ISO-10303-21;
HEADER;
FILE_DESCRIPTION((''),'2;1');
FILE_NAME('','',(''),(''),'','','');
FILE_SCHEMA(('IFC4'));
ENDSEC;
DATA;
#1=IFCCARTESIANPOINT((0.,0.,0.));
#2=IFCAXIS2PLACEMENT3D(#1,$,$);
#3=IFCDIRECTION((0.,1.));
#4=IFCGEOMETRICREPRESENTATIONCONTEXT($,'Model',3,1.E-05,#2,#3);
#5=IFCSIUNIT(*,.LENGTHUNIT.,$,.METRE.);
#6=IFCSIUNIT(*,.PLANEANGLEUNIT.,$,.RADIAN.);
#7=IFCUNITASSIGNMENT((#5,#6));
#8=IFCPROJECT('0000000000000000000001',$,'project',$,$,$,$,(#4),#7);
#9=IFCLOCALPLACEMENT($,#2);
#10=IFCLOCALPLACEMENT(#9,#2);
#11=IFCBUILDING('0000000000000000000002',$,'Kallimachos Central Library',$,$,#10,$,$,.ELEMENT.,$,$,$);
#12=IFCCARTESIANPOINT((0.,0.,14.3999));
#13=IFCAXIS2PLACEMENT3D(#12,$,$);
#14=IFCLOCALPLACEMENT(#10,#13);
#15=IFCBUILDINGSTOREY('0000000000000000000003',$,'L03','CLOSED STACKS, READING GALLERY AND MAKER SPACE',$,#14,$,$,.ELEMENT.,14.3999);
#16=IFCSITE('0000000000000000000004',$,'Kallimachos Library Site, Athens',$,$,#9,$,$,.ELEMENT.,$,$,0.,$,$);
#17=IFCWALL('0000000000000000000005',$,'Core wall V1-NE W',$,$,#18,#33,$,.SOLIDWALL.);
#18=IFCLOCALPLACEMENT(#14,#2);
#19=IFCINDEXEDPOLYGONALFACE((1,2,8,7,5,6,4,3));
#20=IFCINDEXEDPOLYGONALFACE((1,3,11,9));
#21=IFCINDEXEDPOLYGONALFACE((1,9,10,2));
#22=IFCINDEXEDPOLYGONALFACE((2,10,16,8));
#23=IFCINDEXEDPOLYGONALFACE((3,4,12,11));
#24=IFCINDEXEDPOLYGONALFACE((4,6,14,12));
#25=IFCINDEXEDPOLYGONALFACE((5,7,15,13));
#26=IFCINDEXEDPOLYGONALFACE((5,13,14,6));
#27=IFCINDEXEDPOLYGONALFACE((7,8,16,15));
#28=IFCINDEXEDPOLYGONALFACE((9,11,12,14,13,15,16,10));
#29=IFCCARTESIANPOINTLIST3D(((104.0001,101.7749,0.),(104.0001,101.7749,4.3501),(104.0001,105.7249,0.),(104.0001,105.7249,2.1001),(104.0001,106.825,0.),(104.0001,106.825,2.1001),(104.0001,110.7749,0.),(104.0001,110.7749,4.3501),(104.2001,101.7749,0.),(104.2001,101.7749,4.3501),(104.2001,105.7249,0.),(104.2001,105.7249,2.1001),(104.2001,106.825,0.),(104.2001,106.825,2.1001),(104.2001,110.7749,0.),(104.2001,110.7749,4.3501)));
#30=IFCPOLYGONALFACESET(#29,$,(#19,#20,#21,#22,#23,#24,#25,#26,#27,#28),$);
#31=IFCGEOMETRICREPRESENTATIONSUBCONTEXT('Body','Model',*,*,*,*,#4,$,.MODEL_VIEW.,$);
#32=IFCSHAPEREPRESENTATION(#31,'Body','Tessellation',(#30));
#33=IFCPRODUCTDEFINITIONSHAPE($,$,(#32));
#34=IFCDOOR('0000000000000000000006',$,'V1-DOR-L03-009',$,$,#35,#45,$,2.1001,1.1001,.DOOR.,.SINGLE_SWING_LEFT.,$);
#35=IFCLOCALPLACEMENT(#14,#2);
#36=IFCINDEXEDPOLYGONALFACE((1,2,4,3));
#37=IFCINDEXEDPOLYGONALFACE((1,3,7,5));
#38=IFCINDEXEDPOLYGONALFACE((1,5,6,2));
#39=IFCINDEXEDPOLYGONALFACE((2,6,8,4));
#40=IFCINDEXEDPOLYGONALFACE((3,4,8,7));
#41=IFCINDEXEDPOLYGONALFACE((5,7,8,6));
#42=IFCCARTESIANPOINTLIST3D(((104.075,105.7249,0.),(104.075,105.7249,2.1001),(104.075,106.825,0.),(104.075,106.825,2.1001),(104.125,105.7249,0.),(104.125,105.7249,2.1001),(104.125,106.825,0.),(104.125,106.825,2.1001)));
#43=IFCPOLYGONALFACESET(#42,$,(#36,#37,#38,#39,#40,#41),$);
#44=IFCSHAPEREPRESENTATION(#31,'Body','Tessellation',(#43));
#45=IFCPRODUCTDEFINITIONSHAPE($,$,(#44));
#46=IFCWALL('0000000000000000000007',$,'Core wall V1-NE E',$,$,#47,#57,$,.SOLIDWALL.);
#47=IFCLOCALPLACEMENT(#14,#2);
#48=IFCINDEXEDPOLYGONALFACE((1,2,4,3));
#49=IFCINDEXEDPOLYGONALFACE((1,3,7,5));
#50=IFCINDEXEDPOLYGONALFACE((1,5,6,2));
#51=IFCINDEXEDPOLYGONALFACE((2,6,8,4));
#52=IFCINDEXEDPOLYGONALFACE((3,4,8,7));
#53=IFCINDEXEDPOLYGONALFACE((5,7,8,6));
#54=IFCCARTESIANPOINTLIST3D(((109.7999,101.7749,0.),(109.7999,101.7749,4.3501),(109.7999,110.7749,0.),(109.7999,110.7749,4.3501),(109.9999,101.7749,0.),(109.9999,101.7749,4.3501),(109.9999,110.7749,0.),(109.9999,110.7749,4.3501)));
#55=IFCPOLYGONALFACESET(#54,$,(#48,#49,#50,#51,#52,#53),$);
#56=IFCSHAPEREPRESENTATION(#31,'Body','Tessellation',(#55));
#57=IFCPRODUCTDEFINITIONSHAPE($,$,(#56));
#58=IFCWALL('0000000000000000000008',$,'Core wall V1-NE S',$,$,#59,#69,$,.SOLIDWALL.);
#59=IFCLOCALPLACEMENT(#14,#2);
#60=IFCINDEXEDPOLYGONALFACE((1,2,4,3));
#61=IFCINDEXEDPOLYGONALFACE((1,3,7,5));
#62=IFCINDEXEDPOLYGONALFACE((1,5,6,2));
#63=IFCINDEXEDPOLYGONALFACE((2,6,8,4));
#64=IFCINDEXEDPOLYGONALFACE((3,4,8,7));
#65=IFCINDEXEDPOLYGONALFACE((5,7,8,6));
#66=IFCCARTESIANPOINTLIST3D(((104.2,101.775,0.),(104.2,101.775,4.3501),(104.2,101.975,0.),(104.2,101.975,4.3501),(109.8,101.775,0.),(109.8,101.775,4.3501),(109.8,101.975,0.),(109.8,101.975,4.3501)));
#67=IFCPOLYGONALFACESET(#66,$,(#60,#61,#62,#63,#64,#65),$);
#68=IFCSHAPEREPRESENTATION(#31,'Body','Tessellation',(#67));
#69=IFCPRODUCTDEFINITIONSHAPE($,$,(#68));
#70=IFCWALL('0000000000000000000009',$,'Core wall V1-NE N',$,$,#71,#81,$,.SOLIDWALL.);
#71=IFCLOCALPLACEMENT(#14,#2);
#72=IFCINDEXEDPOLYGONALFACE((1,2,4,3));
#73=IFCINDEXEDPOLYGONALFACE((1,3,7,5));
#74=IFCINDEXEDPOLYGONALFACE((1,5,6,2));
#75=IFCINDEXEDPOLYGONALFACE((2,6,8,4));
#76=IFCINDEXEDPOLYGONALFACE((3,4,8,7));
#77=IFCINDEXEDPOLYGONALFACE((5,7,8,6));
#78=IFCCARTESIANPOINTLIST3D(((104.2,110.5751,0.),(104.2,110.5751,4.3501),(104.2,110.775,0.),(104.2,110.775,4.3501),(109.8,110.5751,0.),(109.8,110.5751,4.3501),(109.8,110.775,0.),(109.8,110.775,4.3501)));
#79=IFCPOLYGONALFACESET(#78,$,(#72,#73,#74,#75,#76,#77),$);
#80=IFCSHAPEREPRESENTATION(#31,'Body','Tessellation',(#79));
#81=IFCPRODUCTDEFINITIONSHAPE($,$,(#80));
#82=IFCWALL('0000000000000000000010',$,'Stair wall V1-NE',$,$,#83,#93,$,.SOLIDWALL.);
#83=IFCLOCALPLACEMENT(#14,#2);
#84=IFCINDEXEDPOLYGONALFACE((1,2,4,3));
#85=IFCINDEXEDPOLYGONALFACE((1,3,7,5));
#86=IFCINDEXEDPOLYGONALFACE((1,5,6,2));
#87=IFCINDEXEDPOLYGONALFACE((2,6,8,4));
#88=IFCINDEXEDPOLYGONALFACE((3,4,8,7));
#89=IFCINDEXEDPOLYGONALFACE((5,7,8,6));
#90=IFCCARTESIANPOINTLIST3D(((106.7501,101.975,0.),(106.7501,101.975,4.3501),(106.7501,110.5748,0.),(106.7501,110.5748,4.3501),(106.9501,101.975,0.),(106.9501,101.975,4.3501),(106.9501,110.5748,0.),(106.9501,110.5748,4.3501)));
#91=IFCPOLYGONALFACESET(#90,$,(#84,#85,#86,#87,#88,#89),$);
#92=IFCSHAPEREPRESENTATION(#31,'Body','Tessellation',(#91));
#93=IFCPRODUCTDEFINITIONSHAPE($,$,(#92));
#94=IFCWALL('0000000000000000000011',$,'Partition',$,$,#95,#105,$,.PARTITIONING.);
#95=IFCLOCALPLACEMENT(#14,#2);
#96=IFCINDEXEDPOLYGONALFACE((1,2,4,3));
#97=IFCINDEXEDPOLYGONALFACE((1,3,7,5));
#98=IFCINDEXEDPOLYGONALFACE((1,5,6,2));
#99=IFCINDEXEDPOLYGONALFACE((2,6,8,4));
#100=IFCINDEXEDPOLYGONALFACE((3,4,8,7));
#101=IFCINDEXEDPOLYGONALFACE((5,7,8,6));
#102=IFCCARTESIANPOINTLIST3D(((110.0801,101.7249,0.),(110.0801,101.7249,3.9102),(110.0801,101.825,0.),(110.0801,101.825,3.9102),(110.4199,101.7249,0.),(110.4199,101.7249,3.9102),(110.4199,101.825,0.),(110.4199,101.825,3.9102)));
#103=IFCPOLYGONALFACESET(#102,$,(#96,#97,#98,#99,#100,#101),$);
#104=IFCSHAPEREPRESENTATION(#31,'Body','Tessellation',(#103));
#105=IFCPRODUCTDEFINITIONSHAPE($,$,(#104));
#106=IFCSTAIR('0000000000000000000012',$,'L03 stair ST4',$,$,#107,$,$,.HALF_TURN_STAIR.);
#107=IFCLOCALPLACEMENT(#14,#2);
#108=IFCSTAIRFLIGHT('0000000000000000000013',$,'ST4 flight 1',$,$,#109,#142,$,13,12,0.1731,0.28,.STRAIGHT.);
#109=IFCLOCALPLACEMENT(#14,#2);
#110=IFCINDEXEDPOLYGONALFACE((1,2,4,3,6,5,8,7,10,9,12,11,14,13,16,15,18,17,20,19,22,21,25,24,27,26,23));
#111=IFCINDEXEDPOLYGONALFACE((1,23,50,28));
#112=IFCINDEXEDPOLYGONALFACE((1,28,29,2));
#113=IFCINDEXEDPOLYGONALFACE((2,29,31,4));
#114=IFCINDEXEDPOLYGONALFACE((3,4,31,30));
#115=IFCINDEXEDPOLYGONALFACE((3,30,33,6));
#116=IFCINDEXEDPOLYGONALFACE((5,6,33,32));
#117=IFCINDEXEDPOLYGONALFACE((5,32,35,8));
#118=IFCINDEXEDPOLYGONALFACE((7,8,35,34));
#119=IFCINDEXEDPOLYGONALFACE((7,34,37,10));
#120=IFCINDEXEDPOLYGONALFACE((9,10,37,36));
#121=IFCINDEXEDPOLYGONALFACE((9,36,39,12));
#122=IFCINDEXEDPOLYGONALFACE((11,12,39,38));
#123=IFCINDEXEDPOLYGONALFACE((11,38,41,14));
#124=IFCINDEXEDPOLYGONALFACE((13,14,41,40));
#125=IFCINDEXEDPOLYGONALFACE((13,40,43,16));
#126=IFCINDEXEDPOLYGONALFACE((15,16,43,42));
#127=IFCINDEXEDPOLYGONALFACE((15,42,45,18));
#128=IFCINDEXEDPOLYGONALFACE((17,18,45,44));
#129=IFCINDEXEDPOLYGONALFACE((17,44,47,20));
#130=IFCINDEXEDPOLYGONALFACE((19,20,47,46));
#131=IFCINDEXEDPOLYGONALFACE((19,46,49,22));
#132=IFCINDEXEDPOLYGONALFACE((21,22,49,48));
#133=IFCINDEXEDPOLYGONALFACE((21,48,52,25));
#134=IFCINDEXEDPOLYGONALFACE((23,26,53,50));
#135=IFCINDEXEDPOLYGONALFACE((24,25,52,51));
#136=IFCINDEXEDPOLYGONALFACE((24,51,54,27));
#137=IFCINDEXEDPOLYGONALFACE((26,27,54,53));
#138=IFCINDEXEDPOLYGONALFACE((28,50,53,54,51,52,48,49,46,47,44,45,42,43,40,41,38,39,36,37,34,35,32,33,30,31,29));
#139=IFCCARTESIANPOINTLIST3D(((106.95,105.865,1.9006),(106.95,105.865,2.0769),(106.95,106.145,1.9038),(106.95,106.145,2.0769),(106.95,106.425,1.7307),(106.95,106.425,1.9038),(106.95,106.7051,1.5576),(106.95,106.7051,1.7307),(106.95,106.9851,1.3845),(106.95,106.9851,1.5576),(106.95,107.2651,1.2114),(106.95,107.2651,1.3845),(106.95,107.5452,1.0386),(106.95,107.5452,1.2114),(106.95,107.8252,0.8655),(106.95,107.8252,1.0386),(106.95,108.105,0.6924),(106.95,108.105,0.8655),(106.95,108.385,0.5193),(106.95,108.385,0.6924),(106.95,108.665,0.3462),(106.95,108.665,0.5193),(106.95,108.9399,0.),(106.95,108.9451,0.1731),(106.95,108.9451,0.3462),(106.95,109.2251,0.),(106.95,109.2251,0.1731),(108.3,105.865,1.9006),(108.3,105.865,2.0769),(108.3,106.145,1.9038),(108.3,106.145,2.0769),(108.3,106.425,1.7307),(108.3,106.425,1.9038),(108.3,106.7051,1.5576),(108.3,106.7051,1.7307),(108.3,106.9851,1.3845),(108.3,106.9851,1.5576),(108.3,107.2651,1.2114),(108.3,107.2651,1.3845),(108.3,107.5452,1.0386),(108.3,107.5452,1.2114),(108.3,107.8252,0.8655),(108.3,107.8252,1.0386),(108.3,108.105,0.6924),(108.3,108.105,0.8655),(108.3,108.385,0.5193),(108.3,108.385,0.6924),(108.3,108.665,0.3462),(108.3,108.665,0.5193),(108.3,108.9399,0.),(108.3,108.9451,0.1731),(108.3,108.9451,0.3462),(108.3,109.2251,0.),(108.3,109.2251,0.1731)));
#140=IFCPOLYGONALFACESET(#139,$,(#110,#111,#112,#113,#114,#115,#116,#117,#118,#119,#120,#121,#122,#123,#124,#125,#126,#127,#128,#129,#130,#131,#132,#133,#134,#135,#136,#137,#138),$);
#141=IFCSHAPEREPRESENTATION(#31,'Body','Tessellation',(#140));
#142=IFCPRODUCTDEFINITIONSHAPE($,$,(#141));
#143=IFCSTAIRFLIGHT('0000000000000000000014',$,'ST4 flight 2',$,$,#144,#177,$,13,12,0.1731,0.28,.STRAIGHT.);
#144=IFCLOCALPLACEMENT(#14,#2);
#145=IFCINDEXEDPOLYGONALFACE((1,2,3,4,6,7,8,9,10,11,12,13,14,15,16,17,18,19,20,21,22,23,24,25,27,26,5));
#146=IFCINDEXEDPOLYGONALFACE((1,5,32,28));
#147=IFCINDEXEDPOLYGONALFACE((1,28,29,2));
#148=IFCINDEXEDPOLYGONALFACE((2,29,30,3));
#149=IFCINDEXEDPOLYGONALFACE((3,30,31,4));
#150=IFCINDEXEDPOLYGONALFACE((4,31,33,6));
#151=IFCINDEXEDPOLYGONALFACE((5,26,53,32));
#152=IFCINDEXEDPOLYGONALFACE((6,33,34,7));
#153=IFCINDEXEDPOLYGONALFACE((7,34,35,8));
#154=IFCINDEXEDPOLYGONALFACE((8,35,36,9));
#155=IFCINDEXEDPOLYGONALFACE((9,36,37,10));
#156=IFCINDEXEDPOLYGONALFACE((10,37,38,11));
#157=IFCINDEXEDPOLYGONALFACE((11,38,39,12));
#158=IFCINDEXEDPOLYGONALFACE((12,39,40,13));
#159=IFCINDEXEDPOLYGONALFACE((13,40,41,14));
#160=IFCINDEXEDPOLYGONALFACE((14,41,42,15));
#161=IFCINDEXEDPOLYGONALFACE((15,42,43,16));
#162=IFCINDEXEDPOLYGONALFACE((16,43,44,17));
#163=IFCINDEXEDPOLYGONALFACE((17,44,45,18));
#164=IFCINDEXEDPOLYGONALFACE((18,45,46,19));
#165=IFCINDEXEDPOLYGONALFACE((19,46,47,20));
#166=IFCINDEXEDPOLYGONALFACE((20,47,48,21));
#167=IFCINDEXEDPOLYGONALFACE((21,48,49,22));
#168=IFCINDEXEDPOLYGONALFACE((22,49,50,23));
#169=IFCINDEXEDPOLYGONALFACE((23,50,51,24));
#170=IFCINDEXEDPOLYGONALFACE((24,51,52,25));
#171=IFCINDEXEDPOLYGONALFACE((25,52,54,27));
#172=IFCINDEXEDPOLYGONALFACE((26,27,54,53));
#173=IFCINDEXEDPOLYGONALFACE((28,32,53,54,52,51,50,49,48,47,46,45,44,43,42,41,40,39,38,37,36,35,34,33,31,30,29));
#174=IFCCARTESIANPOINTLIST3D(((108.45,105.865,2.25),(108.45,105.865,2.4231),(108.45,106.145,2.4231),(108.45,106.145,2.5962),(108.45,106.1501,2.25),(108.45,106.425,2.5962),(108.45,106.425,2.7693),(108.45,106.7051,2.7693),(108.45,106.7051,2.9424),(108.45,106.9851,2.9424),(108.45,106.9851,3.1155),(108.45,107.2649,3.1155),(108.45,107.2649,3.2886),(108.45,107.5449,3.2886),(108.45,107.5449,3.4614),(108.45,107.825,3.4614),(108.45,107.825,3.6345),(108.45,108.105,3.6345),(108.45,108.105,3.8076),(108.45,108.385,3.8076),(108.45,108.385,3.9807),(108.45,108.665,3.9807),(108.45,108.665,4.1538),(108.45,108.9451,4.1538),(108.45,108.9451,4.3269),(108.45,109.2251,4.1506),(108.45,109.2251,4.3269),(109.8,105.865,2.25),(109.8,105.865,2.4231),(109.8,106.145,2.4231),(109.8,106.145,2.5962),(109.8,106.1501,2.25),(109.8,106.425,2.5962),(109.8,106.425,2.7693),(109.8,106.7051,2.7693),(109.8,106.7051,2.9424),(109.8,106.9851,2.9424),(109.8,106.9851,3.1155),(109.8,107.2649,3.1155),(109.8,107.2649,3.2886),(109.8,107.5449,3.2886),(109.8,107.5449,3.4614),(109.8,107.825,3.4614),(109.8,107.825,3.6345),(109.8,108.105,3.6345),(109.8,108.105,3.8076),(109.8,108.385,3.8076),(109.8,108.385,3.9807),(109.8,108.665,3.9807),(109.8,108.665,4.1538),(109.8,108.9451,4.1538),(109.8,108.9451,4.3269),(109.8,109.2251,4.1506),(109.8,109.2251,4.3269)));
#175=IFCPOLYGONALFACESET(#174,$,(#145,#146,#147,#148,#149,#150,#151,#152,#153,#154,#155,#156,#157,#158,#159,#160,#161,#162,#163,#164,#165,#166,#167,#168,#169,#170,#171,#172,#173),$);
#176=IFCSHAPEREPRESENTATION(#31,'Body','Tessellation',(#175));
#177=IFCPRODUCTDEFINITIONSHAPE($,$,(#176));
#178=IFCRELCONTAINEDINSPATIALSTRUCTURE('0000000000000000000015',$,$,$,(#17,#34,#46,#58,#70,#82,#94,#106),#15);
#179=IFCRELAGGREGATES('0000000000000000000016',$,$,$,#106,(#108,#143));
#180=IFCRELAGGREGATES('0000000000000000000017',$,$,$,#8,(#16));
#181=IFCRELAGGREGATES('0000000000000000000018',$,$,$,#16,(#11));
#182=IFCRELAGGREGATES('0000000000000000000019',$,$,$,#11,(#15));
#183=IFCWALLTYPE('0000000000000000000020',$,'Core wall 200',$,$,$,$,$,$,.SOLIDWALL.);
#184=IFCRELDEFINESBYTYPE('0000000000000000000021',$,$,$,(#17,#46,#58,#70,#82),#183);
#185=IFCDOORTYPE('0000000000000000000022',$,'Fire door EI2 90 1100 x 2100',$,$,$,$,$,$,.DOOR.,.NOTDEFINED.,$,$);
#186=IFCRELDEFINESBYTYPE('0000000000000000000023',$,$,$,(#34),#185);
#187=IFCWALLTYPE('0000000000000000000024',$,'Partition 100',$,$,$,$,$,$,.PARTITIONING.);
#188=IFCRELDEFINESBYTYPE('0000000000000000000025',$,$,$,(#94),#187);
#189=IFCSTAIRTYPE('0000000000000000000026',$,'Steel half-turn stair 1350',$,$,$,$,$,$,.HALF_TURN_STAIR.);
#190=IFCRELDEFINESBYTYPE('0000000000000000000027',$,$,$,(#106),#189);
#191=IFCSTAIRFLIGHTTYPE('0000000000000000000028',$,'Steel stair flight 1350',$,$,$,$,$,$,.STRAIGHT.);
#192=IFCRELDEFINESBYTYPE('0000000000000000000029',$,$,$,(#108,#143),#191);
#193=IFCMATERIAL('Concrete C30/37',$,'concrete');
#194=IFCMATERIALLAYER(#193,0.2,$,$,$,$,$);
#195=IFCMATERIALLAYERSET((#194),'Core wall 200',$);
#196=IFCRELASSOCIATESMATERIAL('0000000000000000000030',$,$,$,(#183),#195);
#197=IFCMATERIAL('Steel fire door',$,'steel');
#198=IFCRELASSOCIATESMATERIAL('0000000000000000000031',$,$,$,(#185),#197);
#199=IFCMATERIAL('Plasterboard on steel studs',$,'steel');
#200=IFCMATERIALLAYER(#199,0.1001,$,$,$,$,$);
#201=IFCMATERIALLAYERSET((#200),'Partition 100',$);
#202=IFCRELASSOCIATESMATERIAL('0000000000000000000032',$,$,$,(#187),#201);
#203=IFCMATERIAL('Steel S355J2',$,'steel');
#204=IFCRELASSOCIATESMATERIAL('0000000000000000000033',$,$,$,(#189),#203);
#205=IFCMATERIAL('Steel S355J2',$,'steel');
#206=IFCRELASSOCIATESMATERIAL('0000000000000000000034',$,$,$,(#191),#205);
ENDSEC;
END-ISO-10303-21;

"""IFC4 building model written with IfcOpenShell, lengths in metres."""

from ifc_helpers import new_model, si_unit, direction, frame, frame_2d, origin, place, context, subcontext, project, spatial, polyline, rectangle, outline, extrude, material, layer, layer_set, type_object, element, fill, aggregate, save


model = new_model("IFC4")

# Units and contexts
model_context = context("Model", 3, precision=1e-05, world=origin(), true_north=direction((0.0, 1.0)))
body_context = subcontext(model_context, "Body", "Model", "MODEL_VIEW")
ifc_project = project(units=[si_unit("LENGTHUNIT", "METRE"), si_unit("PLANEANGLEUNIT", "RADIAN")], contexts=[model_context])

# Site, building, storey
site_placement = place(None, origin())
site = spatial("IfcSite", under=ifc_project, at=site_placement, Name="Kallimachos Library Site, Athens", CompositionType="ELEMENT", RefElevation=0.0)
building_placement = place(site_placement, origin())
building = spatial("IfcBuilding", under=site, at=building_placement, Name="Kallimachos Central Library", CompositionType="ELEMENT")
storey_placement = place(building_placement, frame((0.0, 0.0, 14.3999)))
storey = spatial("IfcBuildingStorey", under=building, at=storey_placement, Name="L03", Description="CLOSED STACKS, READING GALLERY AND MAKER SPACE", CompositionType="ELEMENT", Elevation=14.3999)

# Wall, opening, door
ifc_material_1 = material(Name="Concrete C30/37", Category="concrete")
ifc_layer_1 = layer(ifc_material_1, 0.2)
ifc_layer_set_1 = layer_set([ifc_layer_1], Name="Core wall 200")
wall_type_1 = type_object("IfcWallType", Name="Core wall 200", PredefinedType="SOLIDWALL", material=ifc_layer_set_1)
wall_1_placement = place(storey_placement, frame((104.1001, 101.7749, 0.0), z_axis=(0.0, 0.0, 1.0), x_axis=(0.0, 1.0, 0.0)))
wall_1 = element("IfcWall", 1, at=wall_1_placement, inside=storey, type_object=wall_type_1, Name="Core wall V1-NE W", PredefinedType="SOLIDWALL", context=body_context, shape_type="SweptSolid", body=[
    extrude(rectangle(XDim=9.0, YDim=0.2, at=frame_2d((4.5, 0.0))), origin(), (0.0, 0.0, 1.0), 4.3501),
])
opening_placement = place(wall_1_placement, frame((3.95, 0.0, 0.0)))
opening = element("IfcOpeningElement", 2, at=opening_placement, cuts=wall_1, PredefinedType="OPENING", context=body_context, shape_type="SweptSolid", body=[
    extrude(rectangle(XDim=1.1001, YDim=2.1001, at=frame_2d((0.55, 1.05))), frame((0.0, 0.1099, 0.0), z_axis=(0.0, -1.0, 0.0), x_axis=(1.0, 0.0, 0.0)), (0.0, 0.0, 1.0), 0.22),
])
ifc_material_2 = material(Name="Steel fire door", Category="steel")
door_type = type_object("IfcDoorType", Name="Fire door EI2 90 1100 x 2100", OperationType="NOTDEFINED", PredefinedType="DOOR", material=ifc_material_2)
door_placement = place(opening_placement, frame((1.1001, 0.0, 0.0), z_axis=(0.0, 0.0, 1.0), x_axis=(-1.0, 0.0, 0.0)))
door = element("IfcDoor", 3, at=door_placement, inside=storey, type_object=door_type, Name="V1-DOR-L03-009", OperationType="SINGLE_SWING_LEFT", OverallHeight=2.1001, OverallWidth=1.1001, PredefinedType="DOOR", context=body_context, shape_type="SweptSolid", body=[
    extrude(rectangle(XDim=1.1001, YDim=2.1001, at=frame_2d((0.55, 1.05))), frame((0.0, 0.0249, 0.0), z_axis=(0.0, -1.0, 0.0), x_axis=(1.0, 0.0, 0.0)), (0.0, 0.0, 1.0), 0.05),
])
fill(opening, door)

# Walls
wall_2_placement = place(storey_placement, frame((109.8999, 101.7749, 0.0), z_axis=(0.0, 0.0, 1.0), x_axis=(0.0, 1.0, 0.0)))
element("IfcWall", 4, at=wall_2_placement, inside=storey, type_object=wall_type_1, Name="Core wall V1-NE E", PredefinedType="SOLIDWALL", context=body_context, shape_type="SweptSolid", body=[
    extrude(rectangle(XDim=9.0, YDim=0.2, at=frame_2d((4.5, 0.0))), origin(), (0.0, 0.0, 1.0), 4.3501),
])
for number, where, z_axis, x_axis, name in (
    (5, (104.2, 101.875, 0.0), (0.0, 0.0, 1.0), (1.0, 0.0, 0.0), "Core wall V1-NE S"),
    (6, (104.2, 110.675, 0.0), (0.0, 0.0, 1.0), (1.0, 0.0, 0.0), "Core wall V1-NE N"),
):
    element("IfcWall", number, at=place(storey_placement, frame(where, z_axis=z_axis, x_axis=x_axis)), inside=storey, type_object=wall_type_1, Name=name, PredefinedType="SOLIDWALL", context=body_context, shape_type="SweptSolid", body=[
        extrude(rectangle(XDim=5.6001, YDim=0.2, at=frame_2d((2.8, 0.0))), origin(), (0.0, 0.0, 1.0), 4.3501),
    ])
wall_3_placement = place(storey_placement, frame((106.8501, 101.9751, 0.0), z_axis=(0.0, 0.0, 1.0), x_axis=(0.0, 1.0, 0.0)))
element("IfcWall", 7, at=wall_3_placement, inside=storey, type_object=wall_type_1, Name="Stair wall V1-NE", PredefinedType="SOLIDWALL", context=body_context, shape_type="SweptSolid", body=[
    extrude(rectangle(XDim=8.5999, YDim=0.2, at=frame_2d((4.2998, 0.0))), origin(), (0.0, 0.0, 1.0), 4.3501),
])
ifc_material_3 = material(Name="Plasterboard on steel studs", Category="steel")
ifc_layer_2 = layer(ifc_material_3, 0.1001)
ifc_layer_set_2 = layer_set([ifc_layer_2], Name="Partition 100")
wall_type_2 = type_object("IfcWallType", Name="Partition 100", PredefinedType="PARTITIONING", material=ifc_layer_set_2)
wall_4_placement = place(storey_placement, frame((110.0801, 101.7749, 0.0), z_axis=(0.0, 0.0, 1.0), x_axis=(1.0, 0.0, 0.0)))
element("IfcWall", 8, at=wall_4_placement, inside=storey, type_object=wall_type_2, Name="Partition", PredefinedType="PARTITIONING", context=body_context, shape_type="SweptSolid", body=[
    extrude(rectangle(XDim=0.3398, YDim=0.1001, at=frame_2d((0.1699, 0.0))), origin(), (0.0, 0.0, 1.0), 3.9102),
])

# Stair, stair flights
ifc_material_4 = material(Name="Steel S355J2", Category="steel")
stair_type = type_object("IfcStairType", Name="Steel half-turn stair 1350", PredefinedType="HALF_TURN_STAIR", material=ifc_material_4)
stair_placement = place(storey_placement, origin())
stair = element("IfcStair", 9, at=stair_placement, inside=storey, type_object=stair_type, Name="L03 stair ST4", PredefinedType="HALF_TURN_STAIR")
ifc_material_5 = material(Name="Steel S355J2", Category="steel")
stair_flight_type = type_object("IfcStairFlightType", Name="Steel stair flight 1350", PredefinedType="STRAIGHT", material=ifc_material_5)
stair_flight_1_placement = place(storey_placement, frame((107.625, 109.2251, 0.0), z_axis=(0.0, 0.0, 1.0), x_axis=(0.0, -1.0, 0.0)))
stair_flight_1 = element("IfcStairFlight", 10, at=stair_flight_1_placement, type_object=stair_flight_type, Name="ST4 flight 1", NumberOfRisers=13, NumberOfTreads=12, PredefinedType="STRAIGHT", RiserHeight=0.1731, TreadLength=0.28, context=body_context, shape_type="SweptSolid", body=[
    extrude(outline(polyline([(0.0, 0.0), (0.0, 0.1731), (0.28, 0.1731), (0.28, 0.3462), (0.5601, 0.3462), (0.5601, 0.5193), (0.8401, 0.5193), (0.8401, 0.6924), (1.1201, 0.6924), (1.1201, 0.8655), (1.3999, 0.8655), (1.3999, 1.0386), (1.6799, 1.0386), (1.6799, 1.2114), (1.96, 1.2114), (1.96, 1.3845), (2.24, 1.3845), (2.24, 1.5576), (2.52, 1.5576), (2.52, 1.7307), (2.8, 1.7307), (2.8, 1.9038), (3.0801, 1.9038), (3.0801, 2.0769), (3.3601, 2.0769), (3.3601, 2.25), (3.3601, 1.9006), (0.2852, 0.0), (0.0, 0.0)])), frame((0.0, 0.675, 0.0), z_axis=(0.0, -1.0, 0.0), x_axis=(1.0, 0.0, 0.0)), (0.0, 0.0, 1.0), 1.3501),
])
stair_flight_2_placement = place(storey_placement, frame((109.125, 105.865, 2.25), z_axis=(0.0, 0.0, 1.0), x_axis=(0.0, 1.0, 0.0)))
stair_flight_2 = element("IfcStairFlight", 11, at=stair_flight_2_placement, type_object=stair_flight_type, Name="ST4 flight 2", NumberOfRisers=13, NumberOfTreads=12, PredefinedType="STRAIGHT", RiserHeight=0.1731, TreadLength=0.28, context=body_context, shape_type="SweptSolid", body=[
    extrude(outline(polyline([(0.0, 0.0), (0.0, 0.1731), (0.28, 0.1731), (0.28, 0.3462), (0.5601, 0.3462), (0.5601, 0.5193), (0.8401, 0.5193), (0.8401, 0.6924), (1.1201, 0.6924), (1.1201, 0.8655), (1.3999, 0.8655), (1.3999, 1.0386), (1.6799, 1.0386), (1.6799, 1.2114), (1.96, 1.2114), (1.96, 1.3845), (2.24, 1.3845), (2.24, 1.5576), (2.52, 1.5576), (2.52, 1.7307), (2.8, 1.7307), (2.8, 1.9038), (3.0801, 1.9038), (3.0801, 2.0769), (3.3601, 2.0769), (3.3601, 2.25), (3.3601, 1.9006), (0.2852, 0.0), (0.0, 0.0)])), frame((0.0, 0.675, 0.0), z_axis=(0.0, -1.0, 0.0), x_axis=(1.0, 0.0, 0.0)), (0.0, 0.0, 1.0), 1.3501),
])
aggregate(stair, [stair_flight_1, stair_flight_2])

save(model, "model.ifc")
